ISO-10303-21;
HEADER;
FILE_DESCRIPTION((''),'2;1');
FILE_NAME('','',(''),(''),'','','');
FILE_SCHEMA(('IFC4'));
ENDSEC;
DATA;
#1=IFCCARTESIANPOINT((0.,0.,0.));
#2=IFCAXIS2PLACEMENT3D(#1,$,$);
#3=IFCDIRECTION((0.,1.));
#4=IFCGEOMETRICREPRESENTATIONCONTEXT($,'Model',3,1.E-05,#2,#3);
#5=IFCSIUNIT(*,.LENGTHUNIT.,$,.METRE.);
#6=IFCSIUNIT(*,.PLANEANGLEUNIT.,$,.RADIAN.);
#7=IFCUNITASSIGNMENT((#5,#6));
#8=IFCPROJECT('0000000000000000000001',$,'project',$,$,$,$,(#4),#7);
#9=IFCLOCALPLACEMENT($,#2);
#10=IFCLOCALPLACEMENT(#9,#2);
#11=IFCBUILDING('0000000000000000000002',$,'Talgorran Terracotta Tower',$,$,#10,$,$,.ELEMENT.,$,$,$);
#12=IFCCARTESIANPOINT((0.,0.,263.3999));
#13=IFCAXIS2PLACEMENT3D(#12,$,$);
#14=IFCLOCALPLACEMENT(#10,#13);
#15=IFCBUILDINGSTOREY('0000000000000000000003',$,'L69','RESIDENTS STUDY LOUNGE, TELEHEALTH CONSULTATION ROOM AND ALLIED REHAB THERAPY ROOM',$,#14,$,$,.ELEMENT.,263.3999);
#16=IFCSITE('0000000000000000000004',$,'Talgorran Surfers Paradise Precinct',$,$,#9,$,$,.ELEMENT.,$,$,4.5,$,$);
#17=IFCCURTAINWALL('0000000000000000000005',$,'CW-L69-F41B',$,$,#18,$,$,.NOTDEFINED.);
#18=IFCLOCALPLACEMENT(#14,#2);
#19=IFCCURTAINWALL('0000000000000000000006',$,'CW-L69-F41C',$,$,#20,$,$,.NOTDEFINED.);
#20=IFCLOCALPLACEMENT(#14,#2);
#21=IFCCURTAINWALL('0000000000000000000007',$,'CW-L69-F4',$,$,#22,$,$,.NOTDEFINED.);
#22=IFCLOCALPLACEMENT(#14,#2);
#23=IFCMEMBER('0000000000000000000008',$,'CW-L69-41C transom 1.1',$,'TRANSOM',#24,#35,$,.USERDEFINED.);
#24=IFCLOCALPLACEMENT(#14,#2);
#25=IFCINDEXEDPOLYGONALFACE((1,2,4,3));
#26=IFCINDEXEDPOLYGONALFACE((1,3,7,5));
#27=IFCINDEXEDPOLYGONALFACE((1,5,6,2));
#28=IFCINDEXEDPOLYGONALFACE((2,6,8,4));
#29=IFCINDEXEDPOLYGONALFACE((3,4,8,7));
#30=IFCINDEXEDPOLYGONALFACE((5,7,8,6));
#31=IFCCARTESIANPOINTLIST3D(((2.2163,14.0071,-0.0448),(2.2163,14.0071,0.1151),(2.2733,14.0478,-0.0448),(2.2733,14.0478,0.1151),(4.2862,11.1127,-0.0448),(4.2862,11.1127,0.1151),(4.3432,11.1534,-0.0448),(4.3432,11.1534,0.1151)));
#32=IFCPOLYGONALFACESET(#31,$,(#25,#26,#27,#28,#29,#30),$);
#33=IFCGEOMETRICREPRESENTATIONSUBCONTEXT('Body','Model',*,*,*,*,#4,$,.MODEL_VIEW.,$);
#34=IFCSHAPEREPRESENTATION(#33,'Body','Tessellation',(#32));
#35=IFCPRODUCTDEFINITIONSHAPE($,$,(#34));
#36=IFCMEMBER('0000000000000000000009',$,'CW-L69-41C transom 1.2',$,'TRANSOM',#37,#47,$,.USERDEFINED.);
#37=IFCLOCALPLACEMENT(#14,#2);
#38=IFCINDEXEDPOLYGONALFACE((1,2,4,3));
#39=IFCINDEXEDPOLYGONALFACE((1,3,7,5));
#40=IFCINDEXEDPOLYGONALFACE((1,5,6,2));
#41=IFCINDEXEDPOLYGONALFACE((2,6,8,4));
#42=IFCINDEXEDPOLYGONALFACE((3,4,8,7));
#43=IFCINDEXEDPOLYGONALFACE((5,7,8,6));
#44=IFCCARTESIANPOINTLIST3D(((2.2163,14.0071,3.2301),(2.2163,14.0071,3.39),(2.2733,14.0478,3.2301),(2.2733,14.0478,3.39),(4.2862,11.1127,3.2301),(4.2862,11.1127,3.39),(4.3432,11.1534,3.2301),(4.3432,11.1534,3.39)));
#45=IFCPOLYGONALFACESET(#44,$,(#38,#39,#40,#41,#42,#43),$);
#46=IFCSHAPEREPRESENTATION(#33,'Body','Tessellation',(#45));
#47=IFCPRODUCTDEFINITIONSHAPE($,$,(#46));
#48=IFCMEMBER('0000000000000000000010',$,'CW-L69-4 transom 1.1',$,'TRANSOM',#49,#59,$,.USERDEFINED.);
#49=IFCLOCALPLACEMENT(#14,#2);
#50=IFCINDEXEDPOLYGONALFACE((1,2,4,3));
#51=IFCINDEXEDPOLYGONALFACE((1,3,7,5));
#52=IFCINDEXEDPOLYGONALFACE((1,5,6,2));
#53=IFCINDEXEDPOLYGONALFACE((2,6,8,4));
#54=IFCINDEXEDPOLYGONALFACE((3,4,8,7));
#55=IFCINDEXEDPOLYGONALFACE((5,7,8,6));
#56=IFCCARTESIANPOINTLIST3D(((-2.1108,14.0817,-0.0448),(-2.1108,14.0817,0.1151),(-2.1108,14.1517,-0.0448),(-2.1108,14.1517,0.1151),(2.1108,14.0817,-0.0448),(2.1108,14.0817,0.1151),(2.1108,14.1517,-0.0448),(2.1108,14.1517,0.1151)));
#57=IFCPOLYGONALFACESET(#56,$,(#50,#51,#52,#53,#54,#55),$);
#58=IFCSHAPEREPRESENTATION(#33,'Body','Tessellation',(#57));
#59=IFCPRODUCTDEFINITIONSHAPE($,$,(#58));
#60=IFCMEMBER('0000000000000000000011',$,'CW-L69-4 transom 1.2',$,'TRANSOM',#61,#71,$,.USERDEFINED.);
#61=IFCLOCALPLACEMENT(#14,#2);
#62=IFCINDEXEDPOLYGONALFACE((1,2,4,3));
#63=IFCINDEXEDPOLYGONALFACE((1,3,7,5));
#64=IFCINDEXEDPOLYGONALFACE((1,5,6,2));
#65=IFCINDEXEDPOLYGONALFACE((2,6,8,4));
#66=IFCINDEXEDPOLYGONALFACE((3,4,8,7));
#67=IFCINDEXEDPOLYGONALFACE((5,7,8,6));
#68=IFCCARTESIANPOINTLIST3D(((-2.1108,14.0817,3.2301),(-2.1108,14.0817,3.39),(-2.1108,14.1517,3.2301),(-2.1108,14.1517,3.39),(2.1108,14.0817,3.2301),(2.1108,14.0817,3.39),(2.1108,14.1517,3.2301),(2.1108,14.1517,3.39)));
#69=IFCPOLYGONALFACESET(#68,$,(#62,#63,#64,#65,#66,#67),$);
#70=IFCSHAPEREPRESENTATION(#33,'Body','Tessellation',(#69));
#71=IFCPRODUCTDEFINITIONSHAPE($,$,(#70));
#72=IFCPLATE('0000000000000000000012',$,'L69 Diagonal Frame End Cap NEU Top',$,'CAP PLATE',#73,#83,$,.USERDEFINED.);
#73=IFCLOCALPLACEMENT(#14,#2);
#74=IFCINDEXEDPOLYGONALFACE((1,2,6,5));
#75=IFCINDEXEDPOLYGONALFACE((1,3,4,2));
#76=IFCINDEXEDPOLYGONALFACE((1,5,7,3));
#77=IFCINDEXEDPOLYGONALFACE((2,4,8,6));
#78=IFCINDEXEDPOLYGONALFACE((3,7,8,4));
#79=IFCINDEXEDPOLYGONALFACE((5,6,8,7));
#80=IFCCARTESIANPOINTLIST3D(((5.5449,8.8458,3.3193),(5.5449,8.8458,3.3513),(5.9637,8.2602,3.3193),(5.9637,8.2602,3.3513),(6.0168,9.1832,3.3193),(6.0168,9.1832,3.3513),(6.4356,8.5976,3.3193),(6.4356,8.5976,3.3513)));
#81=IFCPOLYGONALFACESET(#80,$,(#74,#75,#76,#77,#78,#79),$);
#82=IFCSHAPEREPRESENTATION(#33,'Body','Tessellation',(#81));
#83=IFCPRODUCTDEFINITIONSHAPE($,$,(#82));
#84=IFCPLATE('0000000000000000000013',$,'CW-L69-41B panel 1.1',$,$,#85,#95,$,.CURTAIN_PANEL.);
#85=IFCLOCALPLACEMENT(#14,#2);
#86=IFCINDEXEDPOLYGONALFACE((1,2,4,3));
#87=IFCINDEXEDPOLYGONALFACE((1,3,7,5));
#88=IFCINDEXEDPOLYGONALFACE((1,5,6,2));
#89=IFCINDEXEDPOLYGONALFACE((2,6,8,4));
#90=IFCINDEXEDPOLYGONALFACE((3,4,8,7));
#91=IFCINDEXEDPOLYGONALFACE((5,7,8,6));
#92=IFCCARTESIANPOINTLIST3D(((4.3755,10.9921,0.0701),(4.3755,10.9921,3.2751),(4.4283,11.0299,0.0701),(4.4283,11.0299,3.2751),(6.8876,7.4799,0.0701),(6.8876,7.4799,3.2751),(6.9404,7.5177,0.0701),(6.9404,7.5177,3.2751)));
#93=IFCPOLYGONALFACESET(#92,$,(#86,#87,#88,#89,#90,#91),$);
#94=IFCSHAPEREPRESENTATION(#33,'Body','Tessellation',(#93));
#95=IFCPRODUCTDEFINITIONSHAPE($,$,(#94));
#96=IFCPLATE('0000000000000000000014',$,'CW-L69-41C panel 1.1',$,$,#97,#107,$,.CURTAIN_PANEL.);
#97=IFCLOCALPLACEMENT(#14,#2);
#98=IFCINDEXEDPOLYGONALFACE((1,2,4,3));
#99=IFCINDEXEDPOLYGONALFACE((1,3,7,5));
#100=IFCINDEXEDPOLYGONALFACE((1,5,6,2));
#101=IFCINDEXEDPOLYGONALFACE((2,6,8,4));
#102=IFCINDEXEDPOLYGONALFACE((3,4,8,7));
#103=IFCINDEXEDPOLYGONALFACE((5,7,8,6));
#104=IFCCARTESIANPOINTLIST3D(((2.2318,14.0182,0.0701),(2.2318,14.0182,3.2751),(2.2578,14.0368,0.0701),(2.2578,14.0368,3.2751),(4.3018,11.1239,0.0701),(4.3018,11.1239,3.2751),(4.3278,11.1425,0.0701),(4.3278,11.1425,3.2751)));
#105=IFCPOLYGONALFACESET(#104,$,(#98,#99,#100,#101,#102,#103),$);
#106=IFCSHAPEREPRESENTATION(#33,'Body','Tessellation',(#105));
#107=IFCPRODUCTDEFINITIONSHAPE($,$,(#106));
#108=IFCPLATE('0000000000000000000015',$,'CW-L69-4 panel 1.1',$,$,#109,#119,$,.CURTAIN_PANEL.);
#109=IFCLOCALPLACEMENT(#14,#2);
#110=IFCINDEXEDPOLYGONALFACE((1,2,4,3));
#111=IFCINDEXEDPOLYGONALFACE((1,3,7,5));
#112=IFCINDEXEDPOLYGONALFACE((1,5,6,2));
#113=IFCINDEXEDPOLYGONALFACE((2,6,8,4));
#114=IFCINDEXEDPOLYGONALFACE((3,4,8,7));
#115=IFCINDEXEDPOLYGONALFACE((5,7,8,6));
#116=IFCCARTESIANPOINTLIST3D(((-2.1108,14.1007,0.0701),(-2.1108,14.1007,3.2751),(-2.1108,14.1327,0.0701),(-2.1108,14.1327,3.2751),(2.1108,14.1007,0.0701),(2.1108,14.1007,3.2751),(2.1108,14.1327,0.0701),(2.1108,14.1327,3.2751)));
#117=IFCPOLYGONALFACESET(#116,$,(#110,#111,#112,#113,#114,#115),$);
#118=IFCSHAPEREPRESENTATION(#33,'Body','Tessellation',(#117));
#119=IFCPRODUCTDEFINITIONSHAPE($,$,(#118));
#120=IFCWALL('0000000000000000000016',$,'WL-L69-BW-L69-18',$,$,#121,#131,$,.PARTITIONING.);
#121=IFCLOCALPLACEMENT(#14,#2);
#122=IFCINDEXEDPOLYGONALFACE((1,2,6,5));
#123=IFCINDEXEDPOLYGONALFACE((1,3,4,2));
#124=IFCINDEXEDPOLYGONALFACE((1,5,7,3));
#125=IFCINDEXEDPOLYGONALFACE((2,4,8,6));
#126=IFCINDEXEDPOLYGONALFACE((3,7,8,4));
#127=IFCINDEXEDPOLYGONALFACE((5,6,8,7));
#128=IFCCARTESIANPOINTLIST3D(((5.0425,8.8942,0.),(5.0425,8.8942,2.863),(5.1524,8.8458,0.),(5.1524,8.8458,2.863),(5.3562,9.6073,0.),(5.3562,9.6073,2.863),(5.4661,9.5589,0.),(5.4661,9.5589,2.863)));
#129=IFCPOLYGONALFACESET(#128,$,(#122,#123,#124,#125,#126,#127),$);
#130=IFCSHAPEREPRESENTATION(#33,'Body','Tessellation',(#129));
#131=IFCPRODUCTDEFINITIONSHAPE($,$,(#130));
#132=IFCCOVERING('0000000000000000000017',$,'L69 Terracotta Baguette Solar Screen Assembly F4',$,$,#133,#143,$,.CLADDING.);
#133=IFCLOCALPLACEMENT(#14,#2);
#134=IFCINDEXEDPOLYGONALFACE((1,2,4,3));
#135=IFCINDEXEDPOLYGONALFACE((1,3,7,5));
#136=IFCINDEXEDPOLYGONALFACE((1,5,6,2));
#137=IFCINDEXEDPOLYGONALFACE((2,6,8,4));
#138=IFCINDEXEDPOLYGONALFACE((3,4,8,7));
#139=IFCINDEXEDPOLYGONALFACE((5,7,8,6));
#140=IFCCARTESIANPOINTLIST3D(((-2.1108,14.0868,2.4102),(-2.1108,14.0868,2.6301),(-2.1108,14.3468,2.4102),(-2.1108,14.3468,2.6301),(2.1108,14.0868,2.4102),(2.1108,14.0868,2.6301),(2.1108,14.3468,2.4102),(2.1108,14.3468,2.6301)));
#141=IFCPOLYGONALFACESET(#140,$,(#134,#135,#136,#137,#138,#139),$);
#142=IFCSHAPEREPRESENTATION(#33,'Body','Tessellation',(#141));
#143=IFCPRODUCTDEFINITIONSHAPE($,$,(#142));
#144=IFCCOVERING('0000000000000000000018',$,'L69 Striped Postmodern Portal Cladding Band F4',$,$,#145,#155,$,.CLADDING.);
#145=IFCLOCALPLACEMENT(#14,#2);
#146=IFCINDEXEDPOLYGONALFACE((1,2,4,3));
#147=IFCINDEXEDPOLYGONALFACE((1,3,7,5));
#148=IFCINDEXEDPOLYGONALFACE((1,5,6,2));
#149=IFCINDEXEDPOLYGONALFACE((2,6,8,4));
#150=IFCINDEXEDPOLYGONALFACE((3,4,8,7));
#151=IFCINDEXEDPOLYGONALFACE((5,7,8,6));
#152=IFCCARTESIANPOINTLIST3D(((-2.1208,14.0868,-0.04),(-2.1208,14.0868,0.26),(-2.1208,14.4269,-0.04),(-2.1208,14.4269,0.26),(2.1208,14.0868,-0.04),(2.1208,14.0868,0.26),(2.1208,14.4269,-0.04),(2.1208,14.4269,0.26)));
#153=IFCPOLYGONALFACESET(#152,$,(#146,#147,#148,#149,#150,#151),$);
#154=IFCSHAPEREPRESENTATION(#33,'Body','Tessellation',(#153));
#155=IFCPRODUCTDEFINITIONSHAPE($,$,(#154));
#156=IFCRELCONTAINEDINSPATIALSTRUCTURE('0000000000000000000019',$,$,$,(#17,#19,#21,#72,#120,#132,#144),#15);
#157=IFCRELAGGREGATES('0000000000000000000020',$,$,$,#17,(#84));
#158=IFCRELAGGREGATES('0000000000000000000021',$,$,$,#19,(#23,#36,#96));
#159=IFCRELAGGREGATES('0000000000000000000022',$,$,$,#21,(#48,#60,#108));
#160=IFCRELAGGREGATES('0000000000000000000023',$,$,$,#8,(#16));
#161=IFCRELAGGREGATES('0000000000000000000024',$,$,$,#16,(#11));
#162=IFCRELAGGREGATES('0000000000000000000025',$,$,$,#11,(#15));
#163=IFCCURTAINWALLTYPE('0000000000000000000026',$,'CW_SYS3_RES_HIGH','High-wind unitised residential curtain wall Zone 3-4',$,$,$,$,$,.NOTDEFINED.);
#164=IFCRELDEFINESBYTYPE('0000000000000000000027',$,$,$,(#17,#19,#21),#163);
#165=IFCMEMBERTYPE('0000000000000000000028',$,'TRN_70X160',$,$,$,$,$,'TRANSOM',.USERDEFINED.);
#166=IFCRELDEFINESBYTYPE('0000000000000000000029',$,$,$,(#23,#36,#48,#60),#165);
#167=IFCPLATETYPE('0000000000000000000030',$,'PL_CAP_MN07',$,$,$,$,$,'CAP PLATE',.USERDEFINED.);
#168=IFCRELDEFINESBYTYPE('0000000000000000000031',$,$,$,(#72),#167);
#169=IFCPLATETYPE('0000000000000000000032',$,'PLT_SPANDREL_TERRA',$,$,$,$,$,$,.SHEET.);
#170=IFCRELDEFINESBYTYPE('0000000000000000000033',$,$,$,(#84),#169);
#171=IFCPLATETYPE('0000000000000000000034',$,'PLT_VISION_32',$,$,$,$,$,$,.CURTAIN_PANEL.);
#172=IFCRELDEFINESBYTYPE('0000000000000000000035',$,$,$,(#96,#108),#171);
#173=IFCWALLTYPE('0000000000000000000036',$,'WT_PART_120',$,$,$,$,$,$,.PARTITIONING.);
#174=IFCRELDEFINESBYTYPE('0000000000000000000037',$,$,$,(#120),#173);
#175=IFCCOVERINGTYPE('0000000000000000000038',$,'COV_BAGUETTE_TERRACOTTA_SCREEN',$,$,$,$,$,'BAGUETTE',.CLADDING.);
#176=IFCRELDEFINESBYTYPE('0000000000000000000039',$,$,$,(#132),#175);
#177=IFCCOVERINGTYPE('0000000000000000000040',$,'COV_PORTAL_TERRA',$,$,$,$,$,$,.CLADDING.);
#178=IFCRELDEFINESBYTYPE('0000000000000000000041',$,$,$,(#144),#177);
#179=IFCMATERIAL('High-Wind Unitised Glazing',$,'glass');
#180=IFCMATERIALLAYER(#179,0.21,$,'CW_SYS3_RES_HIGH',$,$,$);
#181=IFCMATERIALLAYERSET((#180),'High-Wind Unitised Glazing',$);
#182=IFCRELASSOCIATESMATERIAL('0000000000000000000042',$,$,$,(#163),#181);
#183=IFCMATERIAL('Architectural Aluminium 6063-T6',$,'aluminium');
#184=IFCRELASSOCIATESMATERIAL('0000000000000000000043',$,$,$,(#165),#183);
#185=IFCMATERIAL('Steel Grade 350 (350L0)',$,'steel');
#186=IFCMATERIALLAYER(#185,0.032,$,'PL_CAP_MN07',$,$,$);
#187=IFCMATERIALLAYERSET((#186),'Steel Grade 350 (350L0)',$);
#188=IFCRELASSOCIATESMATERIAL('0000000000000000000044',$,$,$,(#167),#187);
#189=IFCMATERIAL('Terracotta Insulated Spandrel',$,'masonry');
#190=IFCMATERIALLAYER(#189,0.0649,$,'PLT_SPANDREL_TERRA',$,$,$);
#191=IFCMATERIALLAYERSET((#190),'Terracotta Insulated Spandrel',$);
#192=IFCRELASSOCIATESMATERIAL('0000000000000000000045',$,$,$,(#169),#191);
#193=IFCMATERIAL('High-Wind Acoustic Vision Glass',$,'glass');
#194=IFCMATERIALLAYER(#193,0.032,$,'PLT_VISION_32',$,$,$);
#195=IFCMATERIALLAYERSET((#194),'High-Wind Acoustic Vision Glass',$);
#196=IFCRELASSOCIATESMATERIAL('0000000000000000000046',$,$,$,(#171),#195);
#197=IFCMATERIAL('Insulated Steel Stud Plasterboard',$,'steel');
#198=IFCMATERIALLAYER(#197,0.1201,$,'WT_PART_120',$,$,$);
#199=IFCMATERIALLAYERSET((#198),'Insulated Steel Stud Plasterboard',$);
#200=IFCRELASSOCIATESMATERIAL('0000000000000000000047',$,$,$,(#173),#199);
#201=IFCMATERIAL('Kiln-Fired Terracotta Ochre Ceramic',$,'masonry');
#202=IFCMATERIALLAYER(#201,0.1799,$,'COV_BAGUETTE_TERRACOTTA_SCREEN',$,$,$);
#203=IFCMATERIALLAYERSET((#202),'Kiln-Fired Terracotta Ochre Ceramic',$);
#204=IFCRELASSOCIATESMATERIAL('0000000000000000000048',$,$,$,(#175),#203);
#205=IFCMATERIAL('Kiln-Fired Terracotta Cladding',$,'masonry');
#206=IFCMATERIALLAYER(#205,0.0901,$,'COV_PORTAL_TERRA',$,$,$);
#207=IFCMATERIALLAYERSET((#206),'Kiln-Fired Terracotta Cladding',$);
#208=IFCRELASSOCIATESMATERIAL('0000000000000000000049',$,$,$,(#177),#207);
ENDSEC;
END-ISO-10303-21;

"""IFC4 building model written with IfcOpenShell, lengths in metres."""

from ifc_helpers import new_model, si_unit, direction, frame, frame_2d, origin, origin_2d, place, context, subcontext, project, spatial, rectangle, extrude, source, transform, mapped, material, layer, layer_set, material_profile, profile_set, type_object, type_shapes, element, aggregate, save


model = new_model("IFC4")

# Units and contexts
model_context = context("Model", 3, precision=1e-05, world=origin(), true_north=direction((0.0, 1.0)))
body_context = subcontext(model_context, "Body", "Model", "MODEL_VIEW")
ifc_project = project(units=[si_unit("LENGTHUNIT", "METRE"), si_unit("PLANEANGLEUNIT", "RADIAN")], contexts=[model_context])

# Site, building, storey
site_placement = place(None, origin())
site = spatial("IfcSite", under=ifc_project, at=site_placement, Name="Talgorran Surfers Paradise Precinct", CompositionType="ELEMENT", RefElevation=4.5)
building_placement = place(site_placement, origin())
building = spatial("IfcBuilding", under=site, at=building_placement, Name="Talgorran Terracotta Tower", CompositionType="ELEMENT")
storey_placement = place(building_placement, frame((0.0, 0.0, 263.3999)))
storey = spatial("IfcBuildingStorey", under=building, at=storey_placement, Name="L69", Description="RESIDENTS STUDY LOUNGE, TELEHEALTH CONSULTATION ROOM AND ALLIED REHAB THERAPY ROOM", CompositionType="ELEMENT", Elevation=263.3999)

# Shared definitions
ifc_material_1 = material(Name="Steel Grade 350 (350L0)", Category="steel")

# Curtain wall
ifc_material_2 = material(Name="High-Wind Unitised Glazing", Category="glass")
ifc_layer_1 = layer(ifc_material_2, 0.21, Name="CW_SYS3_RES_HIGH")
ifc_layer_set_1 = layer_set([ifc_layer_1], Name="High-Wind Unitised Glazing")
curtain_wall_type = type_object("IfcCurtainWallType", Name="CW_SYS3_RES_HIGH", Description="High-wind unitised residential curtain wall Zone 3-4", PredefinedType="NOTDEFINED", material=ifc_layer_set_1)
curtain_wall_1_placement = place(storey_placement, origin())
curtain_wall_1 = element("IfcCurtainWall", 1, at=curtain_wall_1_placement, inside=storey, type_object=curtain_wall_type, Name="CW-L69-F41B", PredefinedType="NOTDEFINED")
ifc_material_3 = material(Name="Architectural Aluminium 6063-T6", Category="aluminium")

# Curtain wall
curtain_wall_2_placement = place(storey_placement, origin())
curtain_wall_2 = element("IfcCurtainWall", 2, at=curtain_wall_2_placement, inside=storey, type_object=curtain_wall_type, Name="CW-L69-F41C", PredefinedType="NOTDEFINED")

# Curtain wall
curtain_wall_3_placement = place(storey_placement, origin())
curtain_wall_3 = element("IfcCurtainWall", 3, at=curtain_wall_3_placement, inside=storey, type_object=curtain_wall_type, Name="CW-L69-F4", PredefinedType="NOTDEFINED")

# Members
ifc_material_profile_1 = material_profile(ifc_material_3, rectangle(XDim=0.0701, YDim=0.1599, at=origin_2d()), Name="CWT70X160")
ifc_profile_set_1 = profile_set([ifc_material_profile_1], Name="Architectural Aluminium 6063-T6")
member_type_1 = type_object("IfcMemberType", Name="TRN_70X160", ElementType="TRANSOM", PredefinedType="USERDEFINED", material=ifc_profile_set_1)
member_1_placement = place(storey_placement, frame((4.3147, 11.1331, 0.0352), z_axis=(-0.581699, 0.813404, 0.0), x_axis=(-0.813404, -0.581699, 0.0)))
member_1 = element("IfcMember", 4, at=member_1_placement, type_object=member_type_1, Name="CW-L69-41C transom 1.1", ObjectType="TRANSOM", PredefinedType="USERDEFINED", context=body_context, shape_type="SweptSolid", body=[
    extrude(rectangle(XDim=0.0701, YDim=0.1599, at=origin_2d()), origin(), (0.0, 0.0, 1.0), 3.5583),
])
member_2_placement = place(storey_placement, frame((4.3147, 11.1331, 3.3101), z_axis=(-0.581699, 0.813404, 0.0), x_axis=(-0.813404, -0.581699, 0.0)))
member_2 = element("IfcMember", 5, at=member_2_placement, type_object=member_type_1, Name="CW-L69-41C transom 1.2", ObjectType="TRANSOM", PredefinedType="USERDEFINED", context=body_context, shape_type="SweptSolid", body=[
    extrude(rectangle(XDim=0.0701, YDim=0.1599, at=origin_2d()), origin(), (0.0, 0.0, 1.0), 3.5583),
])
member_3_placement = place(storey_placement, frame((2.1108, 14.1167, 0.0352), z_axis=(-1.0, 0.0, 0.0), x_axis=(0.0, -1.0, 0.0)))
member_3 = element("IfcMember", 6, at=member_3_placement, type_object=member_type_1, Name="CW-L69-4 transom 1.1", ObjectType="TRANSOM", PredefinedType="USERDEFINED", context=body_context, shape_type="SweptSolid", body=[
    extrude(rectangle(XDim=0.0701, YDim=0.1599, at=origin_2d()), origin(), (0.0, 0.0, 1.0), 4.2217),
])
member_4_placement = place(storey_placement, frame((2.1108, 14.1167, 3.3101), z_axis=(-1.0, 0.0, 0.0), x_axis=(0.0, -1.0, 0.0)))
member_4 = element("IfcMember", 7, at=member_4_placement, type_object=member_type_1, Name="CW-L69-4 transom 1.2", ObjectType="TRANSOM", PredefinedType="USERDEFINED", context=body_context, shape_type="SweptSolid", body=[
    extrude(rectangle(XDim=0.0701, YDim=0.1599, at=origin_2d()), origin(), (0.0, 0.0, 1.0), 4.2217),
])

# Plates
ifc_layer_2 = layer(ifc_material_1, 0.032, Name="PL_CAP_MN07")
ifc_layer_set_2 = layer_set([ifc_layer_2], Name="Steel Grade 350 (350L0)")
plate_type_1 = type_object("IfcPlateType", Name="PL_CAP_MN07", ElementType="CAP PLATE", PredefinedType="USERDEFINED", material=ifc_layer_set_2)
plate_1_placement = place(storey_placement, frame((5.9902, 8.7217, 3.3193), z_axis=(0.0, 0.0, 1.0), x_axis=(-0.581697, 0.813405, 0.0)))
element("IfcPlate", 8, at=plate_1_placement, inside=storey, type_object=plate_type_1, Name="L69 Diagonal Frame End Cap NEU Top", ObjectType="CAP PLATE", PredefinedType="USERDEFINED", context=body_context, shape_type="SweptSolid", body=[
    extrude(rectangle(XDim=0.72, YDim=0.5801, at=origin_2d()), origin(), (0.0, 0.0, 1.0), 0.032),
])
ifc_material_4 = material(Name="Terracotta Insulated Spandrel", Category="masonry")
ifc_layer_3 = layer(ifc_material_4, 0.0649, Name="PLT_SPANDREL_TERRA")
ifc_layer_set_3 = layer_set([ifc_layer_3], Name="Terracotta Insulated Spandrel")
plate_type_2 = type_object("IfcPlateType", Name="PLT_SPANDREL_TERRA", PredefinedType="SHEET", material=ifc_layer_set_3)
shared_shape_1 = source(origin(), body_context, "Body", "SweptSolid", [
    extrude(rectangle(XDim=4.3181, YDim=0.0649, at=origin_2d()), origin(), (0.0, 0.0, 1.0), 3.2051),
])
type_shapes(plate_type_2, [shared_shape_1])
plate_2_placement = place(storey_placement, frame((5.658, 9.2549, 0.0701), z_axis=(0.0, 0.0, 1.0), x_axis=(-0.581747, 0.81337, 0.0)))
plate_2 = element("IfcPlate", 9, at=plate_2_placement, type_object=plate_type_2, Name="CW-L69-41B panel 1.1", PredefinedType="CURTAIN_PANEL", context=body_context, shape_type="MappedRepresentation", body=[
    mapped(shared_shape_1, transform((0.0, 0.0, 0.0), scale=1.0)),
])
aggregate(curtain_wall_1, [plate_2])
ifc_material_5 = material(Name="High-Wind Acoustic Vision Glass", Category="glass")
ifc_layer_4 = layer(ifc_material_5, 0.032, Name="PLT_VISION_32")
ifc_layer_set_4 = layer_set([ifc_layer_4], Name="High-Wind Acoustic Vision Glass")
plate_type_3 = type_object("IfcPlateType", Name="PLT_VISION_32", PredefinedType="CURTAIN_PANEL", material=ifc_layer_set_4)
shared_shape_2 = source(origin(), body_context, "Body", "SweptSolid", [
    extrude(rectangle(XDim=3.5583, YDim=0.032, at=origin_2d()), origin(), (0.0, 0.0, 1.0), 3.2051),
])
plate_3_placement = place(storey_placement, frame((3.2798, 12.5803, 0.0701), z_axis=(0.0, 0.0, 1.0), x_axis=(-0.581732, 0.813381, 0.0)))
plate_3 = element("IfcPlate", 10, at=plate_3_placement, type_object=plate_type_3, Name="CW-L69-41C panel 1.1", PredefinedType="CURTAIN_PANEL", context=body_context, shape_type="MappedRepresentation", body=[
    mapped(shared_shape_2, transform((0.0, 0.0, 0.0), scale=1.0)),
])
aggregate(curtain_wall_2, [member_1, member_2, plate_3])
shared_shape_3 = source(origin(), body_context, "Body", "SweptSolid", [
    extrude(rectangle(XDim=4.2217, YDim=0.032, at=origin_2d()), origin(), (0.0, 0.0, 1.0), 3.2051),
])
type_shapes(plate_type_3, [shared_shape_2, shared_shape_3])
plate_4_placement = place(storey_placement, frame((0.0, 14.1167, 0.0701), z_axis=(0.0, 0.0, 1.0), x_axis=(-1.0, 0.0, 0.0)))
plate_4 = element("IfcPlate", 11, at=plate_4_placement, type_object=plate_type_3, Name="CW-L69-4 panel 1.1", PredefinedType="CURTAIN_PANEL", context=body_context, shape_type="MappedRepresentation", body=[
    mapped(shared_shape_3, transform((0.0, 0.0, 0.0), scale=1.0)),
])
aggregate(curtain_wall_3, [member_3, member_4, plate_4])

# Wall
ifc_material_6 = material(Name="Insulated Steel Stud Plasterboard", Category="steel")
ifc_layer_5 = layer(ifc_material_6, 0.1201, Name="WT_PART_120")
ifc_layer_set_5 = layer_set([ifc_layer_5], Name="Insulated Steel Stud Plasterboard")
wall_type = type_object("IfcWallType", Name="WT_PART_120", PredefinedType="PARTITIONING", material=ifc_layer_set_5)
wall_placement = place(storey_placement, frame((5.0974, 8.8699, 0.0), z_axis=(0.0, 0.0, 1.0), x_axis=(0.402676, 0.915343, 0.0)))
element("IfcWall", 12, at=wall_placement, inside=storey, type_object=wall_type, Name="WL-L69-BW-L69-18", PredefinedType="PARTITIONING", context=body_context, shape_type="SweptSolid", body=[
    extrude(rectangle(XDim=0.7791, YDim=0.1201, at=frame_2d((0.3896, 0.0))), origin(), (0.0, 0.0, 1.0), 2.863),
])

# Coverings
ifc_material_7 = material(Name="Kiln-Fired Terracotta Ochre Ceramic", Category="masonry")
ifc_layer_6 = layer(ifc_material_7, 0.1799, Name="COV_BAGUETTE_TERRACOTTA_SCREEN")
ifc_layer_set_6 = layer_set([ifc_layer_6], Name="Kiln-Fired Terracotta Ochre Ceramic")
covering_type_1 = type_object("IfcCoveringType", Name="COV_BAGUETTE_TERRACOTTA_SCREEN", ElementType="BAGUETTE", PredefinedType="CLADDING", material=ifc_layer_set_6)
covering_1_placement = place(storey_placement, frame((0.0, 14.2168, 2.4102), z_axis=(0.0, 0.0, 1.0), x_axis=(-1.0, 0.0, 0.0)))
element("IfcCovering", 13, at=covering_1_placement, inside=storey, type_object=covering_type_1, Name="L69 Terracotta Baguette Solar Screen Assembly F4", PredefinedType="CLADDING", context=body_context, shape_type="SweptSolid", body=[
    extrude(rectangle(XDim=4.2217, YDim=0.26, at=origin_2d()), origin(), (0.0, 0.0, 1.0), 0.22),
])
ifc_material_8 = material(Name="Kiln-Fired Terracotta Cladding", Category="masonry")
ifc_layer_7 = layer(ifc_material_8, 0.0901, Name="COV_PORTAL_TERRA")
ifc_layer_set_7 = layer_set([ifc_layer_7], Name="Kiln-Fired Terracotta Cladding")
covering_type_2 = type_object("IfcCoveringType", Name="COV_PORTAL_TERRA", PredefinedType="CLADDING", material=ifc_layer_set_7)
covering_2_placement = place(storey_placement, frame((0.0, 14.2568, -0.04), z_axis=(0.0, 0.0, 1.0), x_axis=(-1.0, 0.0, 0.0)))
element("IfcCovering", 14, at=covering_2_placement, inside=storey, type_object=covering_type_2, Name="L69 Striped Postmodern Portal Cladding Band F4", PredefinedType="CLADDING", context=body_context, shape_type="SweptSolid", body=[
    extrude(rectangle(XDim=4.2417, YDim=0.3401, at=origin_2d()), origin(), (0.0, 0.0, 1.0), 0.3),
])

save(model, "model.ifc")
